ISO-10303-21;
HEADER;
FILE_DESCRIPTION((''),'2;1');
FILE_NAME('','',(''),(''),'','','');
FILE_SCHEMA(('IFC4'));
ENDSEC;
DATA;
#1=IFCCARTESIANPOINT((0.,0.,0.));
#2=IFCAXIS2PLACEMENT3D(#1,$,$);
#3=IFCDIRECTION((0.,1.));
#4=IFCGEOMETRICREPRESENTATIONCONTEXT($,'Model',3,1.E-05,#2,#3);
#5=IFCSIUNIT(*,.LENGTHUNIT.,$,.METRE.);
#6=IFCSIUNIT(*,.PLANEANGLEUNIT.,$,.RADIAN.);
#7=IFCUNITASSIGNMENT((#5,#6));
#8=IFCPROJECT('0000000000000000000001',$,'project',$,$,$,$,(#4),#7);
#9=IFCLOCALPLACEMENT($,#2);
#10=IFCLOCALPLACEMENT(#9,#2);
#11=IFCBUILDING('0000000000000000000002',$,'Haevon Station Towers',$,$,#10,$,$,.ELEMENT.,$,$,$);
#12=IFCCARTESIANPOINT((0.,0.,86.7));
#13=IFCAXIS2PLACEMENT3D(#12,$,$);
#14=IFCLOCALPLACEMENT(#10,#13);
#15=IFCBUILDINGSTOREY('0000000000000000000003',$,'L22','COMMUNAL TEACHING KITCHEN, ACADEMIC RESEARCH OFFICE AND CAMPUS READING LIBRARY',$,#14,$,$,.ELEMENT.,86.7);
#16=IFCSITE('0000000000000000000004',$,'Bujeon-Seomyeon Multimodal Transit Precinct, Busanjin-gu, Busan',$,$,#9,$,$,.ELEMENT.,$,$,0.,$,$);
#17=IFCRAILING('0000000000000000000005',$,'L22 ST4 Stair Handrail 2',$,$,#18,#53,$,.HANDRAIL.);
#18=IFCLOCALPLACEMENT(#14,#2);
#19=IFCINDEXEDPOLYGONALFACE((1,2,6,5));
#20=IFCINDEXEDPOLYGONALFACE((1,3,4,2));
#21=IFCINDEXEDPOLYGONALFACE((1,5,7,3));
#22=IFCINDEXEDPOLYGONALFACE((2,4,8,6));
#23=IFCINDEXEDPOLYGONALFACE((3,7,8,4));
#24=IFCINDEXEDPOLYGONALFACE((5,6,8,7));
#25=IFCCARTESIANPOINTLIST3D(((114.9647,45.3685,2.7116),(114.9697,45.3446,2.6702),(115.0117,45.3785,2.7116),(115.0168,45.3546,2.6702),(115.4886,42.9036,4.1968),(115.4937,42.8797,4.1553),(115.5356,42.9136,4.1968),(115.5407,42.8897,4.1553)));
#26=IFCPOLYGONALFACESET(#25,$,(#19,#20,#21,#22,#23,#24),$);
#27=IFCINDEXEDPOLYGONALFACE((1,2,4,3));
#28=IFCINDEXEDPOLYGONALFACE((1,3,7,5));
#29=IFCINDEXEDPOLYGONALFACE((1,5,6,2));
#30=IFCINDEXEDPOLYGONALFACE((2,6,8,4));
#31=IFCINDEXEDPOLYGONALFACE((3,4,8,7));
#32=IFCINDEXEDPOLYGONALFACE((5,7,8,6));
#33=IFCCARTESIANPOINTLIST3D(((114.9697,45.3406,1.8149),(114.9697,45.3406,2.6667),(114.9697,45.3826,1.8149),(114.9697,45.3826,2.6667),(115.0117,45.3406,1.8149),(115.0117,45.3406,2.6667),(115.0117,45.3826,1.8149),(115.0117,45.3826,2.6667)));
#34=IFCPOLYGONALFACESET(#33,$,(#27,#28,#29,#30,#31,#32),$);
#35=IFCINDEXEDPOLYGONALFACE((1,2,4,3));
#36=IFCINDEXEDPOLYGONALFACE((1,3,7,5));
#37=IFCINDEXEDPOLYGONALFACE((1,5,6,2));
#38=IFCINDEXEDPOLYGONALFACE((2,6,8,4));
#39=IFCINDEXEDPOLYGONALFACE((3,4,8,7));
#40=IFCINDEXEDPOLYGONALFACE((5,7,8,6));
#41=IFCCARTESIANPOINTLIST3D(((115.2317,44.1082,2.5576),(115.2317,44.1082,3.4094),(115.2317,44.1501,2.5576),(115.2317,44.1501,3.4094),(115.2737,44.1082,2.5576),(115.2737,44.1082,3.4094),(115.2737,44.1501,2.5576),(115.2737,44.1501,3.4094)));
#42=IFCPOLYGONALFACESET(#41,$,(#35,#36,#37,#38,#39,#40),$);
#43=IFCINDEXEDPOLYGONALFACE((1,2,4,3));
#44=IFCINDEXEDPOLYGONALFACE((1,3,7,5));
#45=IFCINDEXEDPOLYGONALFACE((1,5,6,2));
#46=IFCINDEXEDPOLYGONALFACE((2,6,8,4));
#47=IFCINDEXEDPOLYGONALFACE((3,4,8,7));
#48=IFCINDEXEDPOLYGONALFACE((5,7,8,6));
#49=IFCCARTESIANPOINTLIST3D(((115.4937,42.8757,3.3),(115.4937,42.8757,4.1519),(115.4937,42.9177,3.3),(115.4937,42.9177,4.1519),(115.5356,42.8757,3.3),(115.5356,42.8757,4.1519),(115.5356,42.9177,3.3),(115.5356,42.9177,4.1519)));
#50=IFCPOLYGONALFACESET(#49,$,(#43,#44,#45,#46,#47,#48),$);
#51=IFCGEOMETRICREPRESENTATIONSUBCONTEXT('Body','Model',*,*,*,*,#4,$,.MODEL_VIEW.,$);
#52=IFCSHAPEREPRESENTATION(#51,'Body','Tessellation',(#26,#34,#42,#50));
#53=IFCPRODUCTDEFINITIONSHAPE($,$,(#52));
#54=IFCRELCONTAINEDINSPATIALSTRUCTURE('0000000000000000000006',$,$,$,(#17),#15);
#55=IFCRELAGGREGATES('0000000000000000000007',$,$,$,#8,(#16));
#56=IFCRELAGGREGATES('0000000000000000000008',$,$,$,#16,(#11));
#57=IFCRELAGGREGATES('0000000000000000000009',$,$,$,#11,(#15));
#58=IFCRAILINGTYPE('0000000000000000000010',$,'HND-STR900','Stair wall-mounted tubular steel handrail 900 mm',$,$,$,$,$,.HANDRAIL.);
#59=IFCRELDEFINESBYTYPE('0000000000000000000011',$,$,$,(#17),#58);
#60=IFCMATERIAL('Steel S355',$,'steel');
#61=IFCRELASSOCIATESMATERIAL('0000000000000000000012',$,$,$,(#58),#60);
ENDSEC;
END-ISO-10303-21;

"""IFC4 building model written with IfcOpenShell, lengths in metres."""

from ifc_helpers import new_model, si_unit, direction, frame, origin, origin_2d, place, context, subcontext, project, spatial, rectangle, extrude, material, type_object, element, save


model = new_model("IFC4")

# Units and contexts
model_context = context("Model", 3, precision=1e-05, world=origin(), true_north=direction((0.0, 1.0)))
body_context = subcontext(model_context, "Body", "Model", "MODEL_VIEW")
ifc_project = project(units=[si_unit("LENGTHUNIT", "METRE"), si_unit("PLANEANGLEUNIT", "RADIAN")], contexts=[model_context])

# Site, building, storey
site_placement = place(None, origin())
site = spatial("IfcSite", under=ifc_project, at=site_placement, Name="Bujeon-Seomyeon Multimodal Transit Precinct, Busanjin-gu, Busan", CompositionType="ELEMENT", RefElevation=0.0)
building_placement = place(site_placement, origin())
building = spatial("IfcBuilding", under=site, at=building_placement, Name="Haevon Station Towers", CompositionType="ELEMENT")
storey_placement = place(building_placement, frame((0.0, 0.0, 86.7)))
storey = spatial("IfcBuildingStorey", under=building, at=storey_placement, Name="L22", Description="COMMUNAL TEACHING KITCHEN, ACADEMIC RESEARCH OFFICE AND CAMPUS READING LIBRARY", CompositionType="ELEMENT", Elevation=86.7)

# Shared definitions
ifc_material_1 = material(Name="Steel S355", Category="steel")

# Railing
railing_type_1 = type_object("IfcRailingType", Name="HND-STR900", Description="Stair wall-mounted tubular steel handrail 900 mm", PredefinedType="HANDRAIL", material=ifc_material_1)
railing_1_placement = place(storey_placement, frame((114.9907, 45.3616, 1.8149)))
element("IfcRailing", 1, at=railing_1_placement, inside=storey, type_object=railing_type_1, Name="L22 ST4 Stair Handrail 2", PredefinedType="HANDRAIL", context=body_context, shape_type="SweptSolid", body=[
    extrude(rectangle(XDim=0.0481, YDim=0.0481, at=origin_2d()), frame((0.0, 0.0, 0.876), z_axis=(0.179121, -0.842688, 0.507733), x_axis=(0.978147, 0.207914, 0.0)), (0.0, 0.0, 1.0), 2.925),
    extrude(rectangle(XDim=0.042, YDim=0.042, at=origin_2d()), origin(), (0.0, 0.0, 1.0), 0.8518),
    extrude(rectangle(XDim=0.042, YDim=0.042, at=origin_2d()), frame((0.262, -1.2324, 0.7427)), (0.0, 0.0, 1.0), 0.8518),
    extrude(rectangle(XDim=0.042, YDim=0.042, at=origin_2d()), frame((0.5239, -2.4648, 1.4851)), (0.0, 0.0, 1.0), 0.8518),
])

save(model, "model.ifc")
